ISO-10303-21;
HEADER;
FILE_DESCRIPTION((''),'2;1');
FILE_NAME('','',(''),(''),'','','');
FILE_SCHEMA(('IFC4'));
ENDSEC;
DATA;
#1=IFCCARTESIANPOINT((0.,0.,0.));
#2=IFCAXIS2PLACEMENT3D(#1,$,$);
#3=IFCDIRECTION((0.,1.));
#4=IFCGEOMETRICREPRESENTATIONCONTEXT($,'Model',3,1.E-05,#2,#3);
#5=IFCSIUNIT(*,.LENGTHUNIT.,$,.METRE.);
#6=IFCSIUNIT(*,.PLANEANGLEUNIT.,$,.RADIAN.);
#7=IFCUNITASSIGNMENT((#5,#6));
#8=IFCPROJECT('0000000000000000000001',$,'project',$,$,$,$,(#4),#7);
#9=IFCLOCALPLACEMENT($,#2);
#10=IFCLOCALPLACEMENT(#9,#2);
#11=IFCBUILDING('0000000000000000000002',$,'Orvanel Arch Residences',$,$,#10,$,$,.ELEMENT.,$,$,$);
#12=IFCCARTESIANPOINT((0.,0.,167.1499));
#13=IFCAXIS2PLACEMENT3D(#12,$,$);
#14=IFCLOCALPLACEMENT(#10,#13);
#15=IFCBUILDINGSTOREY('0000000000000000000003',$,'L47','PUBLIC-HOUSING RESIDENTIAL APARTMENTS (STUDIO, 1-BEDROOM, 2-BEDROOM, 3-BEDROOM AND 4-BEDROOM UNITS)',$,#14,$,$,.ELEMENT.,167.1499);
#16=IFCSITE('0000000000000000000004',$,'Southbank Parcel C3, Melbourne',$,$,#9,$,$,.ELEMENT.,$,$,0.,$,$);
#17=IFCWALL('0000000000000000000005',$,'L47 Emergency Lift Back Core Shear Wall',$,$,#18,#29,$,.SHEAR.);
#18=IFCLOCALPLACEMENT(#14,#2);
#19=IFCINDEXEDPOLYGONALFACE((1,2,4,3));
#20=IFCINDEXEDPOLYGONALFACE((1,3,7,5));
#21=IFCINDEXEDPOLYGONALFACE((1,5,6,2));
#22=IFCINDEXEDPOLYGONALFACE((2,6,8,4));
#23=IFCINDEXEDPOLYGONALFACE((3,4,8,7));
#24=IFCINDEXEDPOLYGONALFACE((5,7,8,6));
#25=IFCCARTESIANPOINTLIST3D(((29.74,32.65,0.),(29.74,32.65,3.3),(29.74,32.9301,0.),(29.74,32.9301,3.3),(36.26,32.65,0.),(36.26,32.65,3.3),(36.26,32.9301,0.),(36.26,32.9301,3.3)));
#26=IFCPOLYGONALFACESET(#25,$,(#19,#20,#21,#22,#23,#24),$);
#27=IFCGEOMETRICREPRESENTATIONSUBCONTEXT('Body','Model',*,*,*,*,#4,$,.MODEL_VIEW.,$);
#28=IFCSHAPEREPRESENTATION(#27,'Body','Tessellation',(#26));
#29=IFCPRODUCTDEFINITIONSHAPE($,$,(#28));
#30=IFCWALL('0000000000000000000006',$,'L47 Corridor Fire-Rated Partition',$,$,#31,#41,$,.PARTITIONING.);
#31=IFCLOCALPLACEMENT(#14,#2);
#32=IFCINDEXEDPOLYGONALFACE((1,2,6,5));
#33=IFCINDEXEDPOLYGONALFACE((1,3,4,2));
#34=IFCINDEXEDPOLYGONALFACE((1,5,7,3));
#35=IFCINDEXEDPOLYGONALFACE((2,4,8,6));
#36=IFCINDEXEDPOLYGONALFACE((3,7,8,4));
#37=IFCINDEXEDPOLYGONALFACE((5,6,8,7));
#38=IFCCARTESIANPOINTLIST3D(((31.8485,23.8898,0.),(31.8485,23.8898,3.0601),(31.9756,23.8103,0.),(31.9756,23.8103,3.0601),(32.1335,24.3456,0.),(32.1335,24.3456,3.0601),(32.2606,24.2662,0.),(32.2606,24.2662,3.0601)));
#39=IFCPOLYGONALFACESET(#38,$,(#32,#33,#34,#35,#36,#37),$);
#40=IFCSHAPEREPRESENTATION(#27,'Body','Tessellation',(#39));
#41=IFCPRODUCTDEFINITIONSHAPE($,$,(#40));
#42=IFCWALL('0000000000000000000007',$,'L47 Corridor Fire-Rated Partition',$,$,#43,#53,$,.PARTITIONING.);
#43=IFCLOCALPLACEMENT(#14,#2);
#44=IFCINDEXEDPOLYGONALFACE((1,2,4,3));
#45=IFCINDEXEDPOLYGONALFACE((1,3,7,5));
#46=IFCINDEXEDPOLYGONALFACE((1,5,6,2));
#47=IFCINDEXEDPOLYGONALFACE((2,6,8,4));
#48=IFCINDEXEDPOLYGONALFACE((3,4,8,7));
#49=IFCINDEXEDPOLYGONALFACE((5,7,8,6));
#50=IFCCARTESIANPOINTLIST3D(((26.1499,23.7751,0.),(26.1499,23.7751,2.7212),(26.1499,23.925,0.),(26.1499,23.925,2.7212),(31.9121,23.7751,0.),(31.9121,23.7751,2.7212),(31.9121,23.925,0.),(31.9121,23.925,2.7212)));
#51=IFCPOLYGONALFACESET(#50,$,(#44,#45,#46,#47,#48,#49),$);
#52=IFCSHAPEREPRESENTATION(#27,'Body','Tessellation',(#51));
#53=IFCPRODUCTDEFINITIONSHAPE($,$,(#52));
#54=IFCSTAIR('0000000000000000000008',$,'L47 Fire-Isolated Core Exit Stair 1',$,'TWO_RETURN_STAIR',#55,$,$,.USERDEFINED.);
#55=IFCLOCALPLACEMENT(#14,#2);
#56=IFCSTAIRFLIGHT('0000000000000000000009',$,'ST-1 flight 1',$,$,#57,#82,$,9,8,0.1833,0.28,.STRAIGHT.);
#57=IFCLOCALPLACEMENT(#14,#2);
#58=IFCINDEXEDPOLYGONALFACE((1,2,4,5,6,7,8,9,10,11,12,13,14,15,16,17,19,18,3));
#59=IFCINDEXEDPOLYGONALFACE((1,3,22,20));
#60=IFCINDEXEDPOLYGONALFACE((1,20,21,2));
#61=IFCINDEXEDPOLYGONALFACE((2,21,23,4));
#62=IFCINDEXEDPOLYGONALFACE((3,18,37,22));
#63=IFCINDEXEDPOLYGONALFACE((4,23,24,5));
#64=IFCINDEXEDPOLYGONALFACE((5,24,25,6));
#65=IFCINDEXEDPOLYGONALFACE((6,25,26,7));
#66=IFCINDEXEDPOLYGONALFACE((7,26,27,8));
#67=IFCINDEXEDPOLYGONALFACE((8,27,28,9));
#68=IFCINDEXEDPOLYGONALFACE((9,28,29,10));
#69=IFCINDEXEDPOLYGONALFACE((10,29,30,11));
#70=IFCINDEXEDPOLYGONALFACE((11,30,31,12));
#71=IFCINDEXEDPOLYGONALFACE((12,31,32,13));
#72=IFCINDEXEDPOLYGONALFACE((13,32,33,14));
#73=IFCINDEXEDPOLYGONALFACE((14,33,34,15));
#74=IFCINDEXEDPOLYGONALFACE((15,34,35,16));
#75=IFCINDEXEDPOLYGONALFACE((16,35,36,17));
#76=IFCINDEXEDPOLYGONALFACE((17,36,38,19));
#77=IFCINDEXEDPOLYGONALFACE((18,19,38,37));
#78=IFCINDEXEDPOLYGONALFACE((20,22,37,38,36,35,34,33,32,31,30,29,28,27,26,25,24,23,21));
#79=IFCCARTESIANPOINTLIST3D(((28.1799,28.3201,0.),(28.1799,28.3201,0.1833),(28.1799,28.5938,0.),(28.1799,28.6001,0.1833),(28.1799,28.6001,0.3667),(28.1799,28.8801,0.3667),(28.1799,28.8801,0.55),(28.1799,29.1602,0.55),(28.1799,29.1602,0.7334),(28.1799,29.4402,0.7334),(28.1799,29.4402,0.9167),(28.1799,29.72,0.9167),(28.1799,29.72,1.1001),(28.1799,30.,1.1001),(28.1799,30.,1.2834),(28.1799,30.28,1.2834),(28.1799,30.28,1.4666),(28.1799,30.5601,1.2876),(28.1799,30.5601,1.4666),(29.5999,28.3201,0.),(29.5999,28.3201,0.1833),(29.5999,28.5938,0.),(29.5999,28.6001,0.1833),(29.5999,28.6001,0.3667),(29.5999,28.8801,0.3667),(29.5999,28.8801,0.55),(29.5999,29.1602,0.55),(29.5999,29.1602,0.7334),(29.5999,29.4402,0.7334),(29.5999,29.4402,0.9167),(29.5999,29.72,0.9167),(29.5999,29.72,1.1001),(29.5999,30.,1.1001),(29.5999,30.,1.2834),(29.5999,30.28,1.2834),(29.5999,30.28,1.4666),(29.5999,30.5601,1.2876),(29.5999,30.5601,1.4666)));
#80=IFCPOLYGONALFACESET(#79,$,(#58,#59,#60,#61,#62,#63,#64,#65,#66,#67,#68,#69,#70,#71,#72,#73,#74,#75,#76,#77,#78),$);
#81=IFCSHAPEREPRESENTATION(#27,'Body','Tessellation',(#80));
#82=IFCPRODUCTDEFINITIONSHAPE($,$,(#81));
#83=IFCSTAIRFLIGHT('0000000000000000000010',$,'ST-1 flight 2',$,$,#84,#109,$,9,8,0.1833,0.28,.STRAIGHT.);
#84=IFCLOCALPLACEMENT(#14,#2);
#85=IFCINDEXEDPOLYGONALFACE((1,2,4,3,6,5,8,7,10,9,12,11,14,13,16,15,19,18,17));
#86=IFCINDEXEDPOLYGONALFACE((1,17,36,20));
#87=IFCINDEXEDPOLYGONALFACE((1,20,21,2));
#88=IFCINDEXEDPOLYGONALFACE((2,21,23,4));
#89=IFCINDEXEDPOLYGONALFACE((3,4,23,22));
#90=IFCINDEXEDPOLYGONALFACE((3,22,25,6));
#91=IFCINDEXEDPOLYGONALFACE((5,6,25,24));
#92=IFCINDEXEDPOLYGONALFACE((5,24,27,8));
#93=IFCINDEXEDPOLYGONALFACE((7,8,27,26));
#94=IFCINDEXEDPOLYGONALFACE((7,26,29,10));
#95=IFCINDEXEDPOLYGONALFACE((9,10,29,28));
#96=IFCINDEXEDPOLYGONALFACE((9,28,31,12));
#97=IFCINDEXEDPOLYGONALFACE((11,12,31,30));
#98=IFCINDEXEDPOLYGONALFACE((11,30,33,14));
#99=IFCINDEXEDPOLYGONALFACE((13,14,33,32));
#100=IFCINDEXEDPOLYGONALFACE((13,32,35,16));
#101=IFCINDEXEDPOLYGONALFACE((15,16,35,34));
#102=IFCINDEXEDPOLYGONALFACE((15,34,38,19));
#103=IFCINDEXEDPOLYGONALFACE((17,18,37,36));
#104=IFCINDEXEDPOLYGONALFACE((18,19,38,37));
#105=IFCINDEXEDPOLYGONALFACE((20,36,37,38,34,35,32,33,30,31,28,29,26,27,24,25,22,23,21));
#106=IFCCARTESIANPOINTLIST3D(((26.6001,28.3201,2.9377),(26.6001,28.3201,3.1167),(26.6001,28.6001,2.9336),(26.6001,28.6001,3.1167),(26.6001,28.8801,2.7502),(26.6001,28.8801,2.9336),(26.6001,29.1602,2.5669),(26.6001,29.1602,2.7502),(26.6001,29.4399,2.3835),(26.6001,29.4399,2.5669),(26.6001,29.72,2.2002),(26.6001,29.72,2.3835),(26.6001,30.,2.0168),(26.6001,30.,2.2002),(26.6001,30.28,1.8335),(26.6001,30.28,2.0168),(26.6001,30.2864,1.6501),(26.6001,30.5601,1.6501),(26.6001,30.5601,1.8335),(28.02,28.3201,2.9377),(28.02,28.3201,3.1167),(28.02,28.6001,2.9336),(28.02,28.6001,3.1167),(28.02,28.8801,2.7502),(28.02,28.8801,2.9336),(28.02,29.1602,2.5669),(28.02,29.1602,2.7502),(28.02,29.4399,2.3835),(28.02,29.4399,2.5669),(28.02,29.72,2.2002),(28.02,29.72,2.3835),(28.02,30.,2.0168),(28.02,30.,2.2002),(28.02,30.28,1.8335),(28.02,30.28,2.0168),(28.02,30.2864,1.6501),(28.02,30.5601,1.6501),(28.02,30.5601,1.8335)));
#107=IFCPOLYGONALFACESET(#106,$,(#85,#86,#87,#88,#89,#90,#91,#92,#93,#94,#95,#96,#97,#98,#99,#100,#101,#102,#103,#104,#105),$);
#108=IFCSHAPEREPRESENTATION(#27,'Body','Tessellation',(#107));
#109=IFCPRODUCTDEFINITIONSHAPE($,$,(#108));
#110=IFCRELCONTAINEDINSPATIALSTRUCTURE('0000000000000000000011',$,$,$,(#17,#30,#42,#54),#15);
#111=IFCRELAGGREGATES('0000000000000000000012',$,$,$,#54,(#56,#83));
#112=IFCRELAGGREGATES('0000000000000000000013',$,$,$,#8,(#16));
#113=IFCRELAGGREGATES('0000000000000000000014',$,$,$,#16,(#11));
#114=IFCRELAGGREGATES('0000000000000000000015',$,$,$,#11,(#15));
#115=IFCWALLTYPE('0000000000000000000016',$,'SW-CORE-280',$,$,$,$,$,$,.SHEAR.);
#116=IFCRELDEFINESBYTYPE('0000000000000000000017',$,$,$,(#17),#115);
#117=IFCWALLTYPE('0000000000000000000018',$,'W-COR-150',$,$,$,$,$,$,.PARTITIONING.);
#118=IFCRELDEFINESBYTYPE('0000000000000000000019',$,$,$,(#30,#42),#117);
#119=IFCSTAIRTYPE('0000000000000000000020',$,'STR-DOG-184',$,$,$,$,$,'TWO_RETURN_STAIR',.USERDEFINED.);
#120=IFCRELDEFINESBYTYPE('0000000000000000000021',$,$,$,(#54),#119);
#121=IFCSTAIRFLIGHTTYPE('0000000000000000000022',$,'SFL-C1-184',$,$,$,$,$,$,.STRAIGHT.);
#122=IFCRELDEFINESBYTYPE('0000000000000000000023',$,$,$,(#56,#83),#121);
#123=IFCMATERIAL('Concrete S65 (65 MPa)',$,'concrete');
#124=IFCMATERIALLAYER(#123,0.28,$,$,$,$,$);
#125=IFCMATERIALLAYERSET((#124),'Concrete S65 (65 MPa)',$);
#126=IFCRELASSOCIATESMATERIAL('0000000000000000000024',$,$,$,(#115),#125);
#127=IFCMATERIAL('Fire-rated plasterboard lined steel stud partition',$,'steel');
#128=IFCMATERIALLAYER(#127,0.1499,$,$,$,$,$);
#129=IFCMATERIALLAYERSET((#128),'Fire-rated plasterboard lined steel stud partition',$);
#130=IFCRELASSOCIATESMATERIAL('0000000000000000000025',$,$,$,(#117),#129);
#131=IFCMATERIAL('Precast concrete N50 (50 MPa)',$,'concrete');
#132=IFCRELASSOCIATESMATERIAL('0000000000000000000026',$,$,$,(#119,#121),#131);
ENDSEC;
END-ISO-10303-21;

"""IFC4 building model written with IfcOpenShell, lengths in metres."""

from ifc_helpers import new_model, si_unit, direction, frame, frame_2d, origin, place, context, subcontext, project, spatial, polyline, rectangle, outline, extrude, material, layer, layer_set, type_object, element, aggregate, save


model = new_model("IFC4")

# Units and contexts
model_context = context("Model", 3, precision=1e-05, world=origin(), true_north=direction((0.0, 1.0)))
body_context = subcontext(model_context, "Body", "Model", "MODEL_VIEW")
ifc_project = project(units=[si_unit("LENGTHUNIT", "METRE"), si_unit("PLANEANGLEUNIT", "RADIAN")], contexts=[model_context])

# Site, building, storey
site_placement = place(None, origin())
site = spatial("IfcSite", under=ifc_project, at=site_placement, Name="Southbank Parcel C3, Melbourne", CompositionType="ELEMENT", RefElevation=0.0)
building_placement = place(site_placement, origin())
building = spatial("IfcBuilding", under=site, at=building_placement, Name="Orvanel Arch Residences", CompositionType="ELEMENT")
storey_placement = place(building_placement, frame((0.0, 0.0, 167.1499)))
storey = spatial("IfcBuildingStorey", under=building, at=storey_placement, Name="L47", Description="PUBLIC-HOUSING RESIDENTIAL APARTMENTS (STUDIO, 1-BEDROOM, 2-BEDROOM, 3-BEDROOM AND 4-BEDROOM UNITS)", CompositionType="ELEMENT", Elevation=167.1499)

# Shared definitions
ifc_material_1 = material(Name="Concrete S65 (65 MPa)", Category="concrete")
ifc_layer_1 = layer(ifc_material_1, 0.28)
ifc_layer_set_1 = layer_set([ifc_layer_1], Name="Concrete S65 (65 MPa)")
wall_type_1 = type_object("IfcWallType", Name="SW-CORE-280", PredefinedType="SHEAR", material=ifc_layer_set_1)

# Walls
wall_1_placement = place(storey_placement, frame((29.74, 32.79, 0.0), z_axis=(0.0, 0.0, 1.0), x_axis=(1.0, 0.0, 0.0)))
element("IfcWall", 1, at=wall_1_placement, inside=storey, type_object=wall_type_1, Name="L47 Emergency Lift Back Core Shear Wall", PredefinedType="SHEAR", context=body_context, shape_type="SweptSolid", body=[
    extrude(rectangle(XDim=6.52, YDim=0.28, at=frame_2d((3.26, 0.0))), origin(), (0.0, 0.0, 1.0), 3.3),
])
ifc_material_2 = material(Name="Fire-rated plasterboard lined steel stud partition", Category="steel")
ifc_layer_2 = layer(ifc_material_2, 0.1499)
ifc_layer_set_2 = layer_set([ifc_layer_2], Name="Fire-rated plasterboard lined steel stud partition")
wall_type_2 = type_object("IfcWallType", Name="W-COR-150", PredefinedType="PARTITIONING", material=ifc_layer_set_2)
wall_2_placement = place(storey_placement, frame((32.197, 24.3059, 0.0), z_axis=(0.0, 0.0, 1.0), x_axis=(-0.53004, -0.847973, 0.0)))
element("IfcWall", 2, at=wall_2_placement, inside=storey, type_object=wall_type_2, Name="L47 Corridor Fire-Rated Partition", PredefinedType="PARTITIONING", context=body_context, shape_type="SweptSolid", body=[
    extrude(rectangle(XDim=0.5376, YDim=0.1499, at=frame_2d((0.2688, 0.0))), origin(), (0.0, 0.0, 1.0), 3.0601),
])
wall_3_placement = place(storey_placement, frame((31.9121, 23.8501, 0.0), z_axis=(0.0, 0.0, 1.0), x_axis=(-1.0, 0.0, 0.0)))
element("IfcWall", 3, at=wall_3_placement, inside=storey, type_object=wall_type_2, Name="L47 Corridor Fire-Rated Partition", PredefinedType="PARTITIONING", context=body_context, shape_type="SweptSolid", body=[
    extrude(rectangle(XDim=5.7622, YDim=0.1499, at=frame_2d((2.8811, 0.0))), origin(), (0.0, 0.0, 1.0), 2.7212),
])

# Stair, stair flights
ifc_material_3 = material(Name="Precast concrete N50 (50 MPa)", Category="concrete")
stair_type = type_object("IfcStairType", Name="STR-DOG-184", ElementType="TWO_RETURN_STAIR", PredefinedType="USERDEFINED", material=ifc_material_3)
stair_placement = place(storey_placement, origin())
stair = element("IfcStair", 4, at=stair_placement, inside=storey, type_object=stair_type, Name="L47 Fire-Isolated Core Exit Stair 1", ObjectType="TWO_RETURN_STAIR", PredefinedType="USERDEFINED")
stair_flight_type = type_object("IfcStairFlightType", Name="SFL-C1-184", PredefinedType="STRAIGHT", material=ifc_material_3)
stair_flight_1_placement = place(storey_placement, frame((28.8899, 28.3201, 0.0), z_axis=(0.0, 0.0, 1.0), x_axis=(0.0, 1.0, 0.0)))
stair_flight_1 = element("IfcStairFlight", 5, at=stair_flight_1_placement, type_object=stair_flight_type, Name="ST-1 flight 1", NumberOfRisers=9, NumberOfTreads=8, PredefinedType="STRAIGHT", RiserHeight=0.1833, TreadLength=0.28, context=body_context, shape_type="SweptSolid", body=[
    extrude(outline(polyline([(0.0, 0.0), (0.0, 0.1833), (0.28, 0.1833), (0.28, 0.3667), (0.5601, 0.3667), (0.5601, 0.55), (0.8401, 0.55), (0.8401, 0.7334), (1.1201, 0.7334), (1.1201, 0.9167), (1.3999, 0.9167), (1.3999, 1.1001), (1.6799, 1.1001), (1.6799, 1.2834), (1.96, 1.2834), (1.96, 1.4666), (2.24, 1.4666), (2.24, 1.6499), (2.24, 1.2876), (0.2737, 0.0), (0.0, 0.0)])), frame((0.0, 0.71, 0.0), z_axis=(0.0, -1.0, 0.0), x_axis=(1.0, 0.0, 0.0)), (0.0, 0.0, 1.0), 1.4199),
])
stair_flight_2_placement = place(storey_placement, frame((27.3101, 30.5601, 1.6501), z_axis=(0.0, 0.0, 1.0), x_axis=(0.0, -1.0, 0.0)))
stair_flight_2 = element("IfcStairFlight", 6, at=stair_flight_2_placement, type_object=stair_flight_type, Name="ST-1 flight 2", NumberOfRisers=9, NumberOfTreads=8, PredefinedType="STRAIGHT", RiserHeight=0.1833, TreadLength=0.28, context=body_context, shape_type="SweptSolid", body=[
    extrude(outline(polyline([(0.0, 0.0), (0.0, 0.1833), (0.28, 0.1833), (0.28, 0.3667), (0.5601, 0.3667), (0.5601, 0.55), (0.8401, 0.55), (0.8401, 0.7334), (1.1201, 0.7334), (1.1201, 0.9167), (1.3999, 0.9167), (1.3999, 1.1001), (1.6799, 1.1001), (1.6799, 1.2834), (1.96, 1.2834), (1.96, 1.4666), (2.24, 1.4666), (2.24, 1.6499), (2.24, 1.2876), (0.2737, 0.0), (0.0, 0.0)])), frame((0.0, 0.71, 0.0), z_axis=(0.0, -1.0, 0.0), x_axis=(1.0, 0.0, 0.0)), (0.0, 0.0, 1.0), 1.4199),
])
aggregate(stair, [stair_flight_1, stair_flight_2])

save(model, "model.ifc")
